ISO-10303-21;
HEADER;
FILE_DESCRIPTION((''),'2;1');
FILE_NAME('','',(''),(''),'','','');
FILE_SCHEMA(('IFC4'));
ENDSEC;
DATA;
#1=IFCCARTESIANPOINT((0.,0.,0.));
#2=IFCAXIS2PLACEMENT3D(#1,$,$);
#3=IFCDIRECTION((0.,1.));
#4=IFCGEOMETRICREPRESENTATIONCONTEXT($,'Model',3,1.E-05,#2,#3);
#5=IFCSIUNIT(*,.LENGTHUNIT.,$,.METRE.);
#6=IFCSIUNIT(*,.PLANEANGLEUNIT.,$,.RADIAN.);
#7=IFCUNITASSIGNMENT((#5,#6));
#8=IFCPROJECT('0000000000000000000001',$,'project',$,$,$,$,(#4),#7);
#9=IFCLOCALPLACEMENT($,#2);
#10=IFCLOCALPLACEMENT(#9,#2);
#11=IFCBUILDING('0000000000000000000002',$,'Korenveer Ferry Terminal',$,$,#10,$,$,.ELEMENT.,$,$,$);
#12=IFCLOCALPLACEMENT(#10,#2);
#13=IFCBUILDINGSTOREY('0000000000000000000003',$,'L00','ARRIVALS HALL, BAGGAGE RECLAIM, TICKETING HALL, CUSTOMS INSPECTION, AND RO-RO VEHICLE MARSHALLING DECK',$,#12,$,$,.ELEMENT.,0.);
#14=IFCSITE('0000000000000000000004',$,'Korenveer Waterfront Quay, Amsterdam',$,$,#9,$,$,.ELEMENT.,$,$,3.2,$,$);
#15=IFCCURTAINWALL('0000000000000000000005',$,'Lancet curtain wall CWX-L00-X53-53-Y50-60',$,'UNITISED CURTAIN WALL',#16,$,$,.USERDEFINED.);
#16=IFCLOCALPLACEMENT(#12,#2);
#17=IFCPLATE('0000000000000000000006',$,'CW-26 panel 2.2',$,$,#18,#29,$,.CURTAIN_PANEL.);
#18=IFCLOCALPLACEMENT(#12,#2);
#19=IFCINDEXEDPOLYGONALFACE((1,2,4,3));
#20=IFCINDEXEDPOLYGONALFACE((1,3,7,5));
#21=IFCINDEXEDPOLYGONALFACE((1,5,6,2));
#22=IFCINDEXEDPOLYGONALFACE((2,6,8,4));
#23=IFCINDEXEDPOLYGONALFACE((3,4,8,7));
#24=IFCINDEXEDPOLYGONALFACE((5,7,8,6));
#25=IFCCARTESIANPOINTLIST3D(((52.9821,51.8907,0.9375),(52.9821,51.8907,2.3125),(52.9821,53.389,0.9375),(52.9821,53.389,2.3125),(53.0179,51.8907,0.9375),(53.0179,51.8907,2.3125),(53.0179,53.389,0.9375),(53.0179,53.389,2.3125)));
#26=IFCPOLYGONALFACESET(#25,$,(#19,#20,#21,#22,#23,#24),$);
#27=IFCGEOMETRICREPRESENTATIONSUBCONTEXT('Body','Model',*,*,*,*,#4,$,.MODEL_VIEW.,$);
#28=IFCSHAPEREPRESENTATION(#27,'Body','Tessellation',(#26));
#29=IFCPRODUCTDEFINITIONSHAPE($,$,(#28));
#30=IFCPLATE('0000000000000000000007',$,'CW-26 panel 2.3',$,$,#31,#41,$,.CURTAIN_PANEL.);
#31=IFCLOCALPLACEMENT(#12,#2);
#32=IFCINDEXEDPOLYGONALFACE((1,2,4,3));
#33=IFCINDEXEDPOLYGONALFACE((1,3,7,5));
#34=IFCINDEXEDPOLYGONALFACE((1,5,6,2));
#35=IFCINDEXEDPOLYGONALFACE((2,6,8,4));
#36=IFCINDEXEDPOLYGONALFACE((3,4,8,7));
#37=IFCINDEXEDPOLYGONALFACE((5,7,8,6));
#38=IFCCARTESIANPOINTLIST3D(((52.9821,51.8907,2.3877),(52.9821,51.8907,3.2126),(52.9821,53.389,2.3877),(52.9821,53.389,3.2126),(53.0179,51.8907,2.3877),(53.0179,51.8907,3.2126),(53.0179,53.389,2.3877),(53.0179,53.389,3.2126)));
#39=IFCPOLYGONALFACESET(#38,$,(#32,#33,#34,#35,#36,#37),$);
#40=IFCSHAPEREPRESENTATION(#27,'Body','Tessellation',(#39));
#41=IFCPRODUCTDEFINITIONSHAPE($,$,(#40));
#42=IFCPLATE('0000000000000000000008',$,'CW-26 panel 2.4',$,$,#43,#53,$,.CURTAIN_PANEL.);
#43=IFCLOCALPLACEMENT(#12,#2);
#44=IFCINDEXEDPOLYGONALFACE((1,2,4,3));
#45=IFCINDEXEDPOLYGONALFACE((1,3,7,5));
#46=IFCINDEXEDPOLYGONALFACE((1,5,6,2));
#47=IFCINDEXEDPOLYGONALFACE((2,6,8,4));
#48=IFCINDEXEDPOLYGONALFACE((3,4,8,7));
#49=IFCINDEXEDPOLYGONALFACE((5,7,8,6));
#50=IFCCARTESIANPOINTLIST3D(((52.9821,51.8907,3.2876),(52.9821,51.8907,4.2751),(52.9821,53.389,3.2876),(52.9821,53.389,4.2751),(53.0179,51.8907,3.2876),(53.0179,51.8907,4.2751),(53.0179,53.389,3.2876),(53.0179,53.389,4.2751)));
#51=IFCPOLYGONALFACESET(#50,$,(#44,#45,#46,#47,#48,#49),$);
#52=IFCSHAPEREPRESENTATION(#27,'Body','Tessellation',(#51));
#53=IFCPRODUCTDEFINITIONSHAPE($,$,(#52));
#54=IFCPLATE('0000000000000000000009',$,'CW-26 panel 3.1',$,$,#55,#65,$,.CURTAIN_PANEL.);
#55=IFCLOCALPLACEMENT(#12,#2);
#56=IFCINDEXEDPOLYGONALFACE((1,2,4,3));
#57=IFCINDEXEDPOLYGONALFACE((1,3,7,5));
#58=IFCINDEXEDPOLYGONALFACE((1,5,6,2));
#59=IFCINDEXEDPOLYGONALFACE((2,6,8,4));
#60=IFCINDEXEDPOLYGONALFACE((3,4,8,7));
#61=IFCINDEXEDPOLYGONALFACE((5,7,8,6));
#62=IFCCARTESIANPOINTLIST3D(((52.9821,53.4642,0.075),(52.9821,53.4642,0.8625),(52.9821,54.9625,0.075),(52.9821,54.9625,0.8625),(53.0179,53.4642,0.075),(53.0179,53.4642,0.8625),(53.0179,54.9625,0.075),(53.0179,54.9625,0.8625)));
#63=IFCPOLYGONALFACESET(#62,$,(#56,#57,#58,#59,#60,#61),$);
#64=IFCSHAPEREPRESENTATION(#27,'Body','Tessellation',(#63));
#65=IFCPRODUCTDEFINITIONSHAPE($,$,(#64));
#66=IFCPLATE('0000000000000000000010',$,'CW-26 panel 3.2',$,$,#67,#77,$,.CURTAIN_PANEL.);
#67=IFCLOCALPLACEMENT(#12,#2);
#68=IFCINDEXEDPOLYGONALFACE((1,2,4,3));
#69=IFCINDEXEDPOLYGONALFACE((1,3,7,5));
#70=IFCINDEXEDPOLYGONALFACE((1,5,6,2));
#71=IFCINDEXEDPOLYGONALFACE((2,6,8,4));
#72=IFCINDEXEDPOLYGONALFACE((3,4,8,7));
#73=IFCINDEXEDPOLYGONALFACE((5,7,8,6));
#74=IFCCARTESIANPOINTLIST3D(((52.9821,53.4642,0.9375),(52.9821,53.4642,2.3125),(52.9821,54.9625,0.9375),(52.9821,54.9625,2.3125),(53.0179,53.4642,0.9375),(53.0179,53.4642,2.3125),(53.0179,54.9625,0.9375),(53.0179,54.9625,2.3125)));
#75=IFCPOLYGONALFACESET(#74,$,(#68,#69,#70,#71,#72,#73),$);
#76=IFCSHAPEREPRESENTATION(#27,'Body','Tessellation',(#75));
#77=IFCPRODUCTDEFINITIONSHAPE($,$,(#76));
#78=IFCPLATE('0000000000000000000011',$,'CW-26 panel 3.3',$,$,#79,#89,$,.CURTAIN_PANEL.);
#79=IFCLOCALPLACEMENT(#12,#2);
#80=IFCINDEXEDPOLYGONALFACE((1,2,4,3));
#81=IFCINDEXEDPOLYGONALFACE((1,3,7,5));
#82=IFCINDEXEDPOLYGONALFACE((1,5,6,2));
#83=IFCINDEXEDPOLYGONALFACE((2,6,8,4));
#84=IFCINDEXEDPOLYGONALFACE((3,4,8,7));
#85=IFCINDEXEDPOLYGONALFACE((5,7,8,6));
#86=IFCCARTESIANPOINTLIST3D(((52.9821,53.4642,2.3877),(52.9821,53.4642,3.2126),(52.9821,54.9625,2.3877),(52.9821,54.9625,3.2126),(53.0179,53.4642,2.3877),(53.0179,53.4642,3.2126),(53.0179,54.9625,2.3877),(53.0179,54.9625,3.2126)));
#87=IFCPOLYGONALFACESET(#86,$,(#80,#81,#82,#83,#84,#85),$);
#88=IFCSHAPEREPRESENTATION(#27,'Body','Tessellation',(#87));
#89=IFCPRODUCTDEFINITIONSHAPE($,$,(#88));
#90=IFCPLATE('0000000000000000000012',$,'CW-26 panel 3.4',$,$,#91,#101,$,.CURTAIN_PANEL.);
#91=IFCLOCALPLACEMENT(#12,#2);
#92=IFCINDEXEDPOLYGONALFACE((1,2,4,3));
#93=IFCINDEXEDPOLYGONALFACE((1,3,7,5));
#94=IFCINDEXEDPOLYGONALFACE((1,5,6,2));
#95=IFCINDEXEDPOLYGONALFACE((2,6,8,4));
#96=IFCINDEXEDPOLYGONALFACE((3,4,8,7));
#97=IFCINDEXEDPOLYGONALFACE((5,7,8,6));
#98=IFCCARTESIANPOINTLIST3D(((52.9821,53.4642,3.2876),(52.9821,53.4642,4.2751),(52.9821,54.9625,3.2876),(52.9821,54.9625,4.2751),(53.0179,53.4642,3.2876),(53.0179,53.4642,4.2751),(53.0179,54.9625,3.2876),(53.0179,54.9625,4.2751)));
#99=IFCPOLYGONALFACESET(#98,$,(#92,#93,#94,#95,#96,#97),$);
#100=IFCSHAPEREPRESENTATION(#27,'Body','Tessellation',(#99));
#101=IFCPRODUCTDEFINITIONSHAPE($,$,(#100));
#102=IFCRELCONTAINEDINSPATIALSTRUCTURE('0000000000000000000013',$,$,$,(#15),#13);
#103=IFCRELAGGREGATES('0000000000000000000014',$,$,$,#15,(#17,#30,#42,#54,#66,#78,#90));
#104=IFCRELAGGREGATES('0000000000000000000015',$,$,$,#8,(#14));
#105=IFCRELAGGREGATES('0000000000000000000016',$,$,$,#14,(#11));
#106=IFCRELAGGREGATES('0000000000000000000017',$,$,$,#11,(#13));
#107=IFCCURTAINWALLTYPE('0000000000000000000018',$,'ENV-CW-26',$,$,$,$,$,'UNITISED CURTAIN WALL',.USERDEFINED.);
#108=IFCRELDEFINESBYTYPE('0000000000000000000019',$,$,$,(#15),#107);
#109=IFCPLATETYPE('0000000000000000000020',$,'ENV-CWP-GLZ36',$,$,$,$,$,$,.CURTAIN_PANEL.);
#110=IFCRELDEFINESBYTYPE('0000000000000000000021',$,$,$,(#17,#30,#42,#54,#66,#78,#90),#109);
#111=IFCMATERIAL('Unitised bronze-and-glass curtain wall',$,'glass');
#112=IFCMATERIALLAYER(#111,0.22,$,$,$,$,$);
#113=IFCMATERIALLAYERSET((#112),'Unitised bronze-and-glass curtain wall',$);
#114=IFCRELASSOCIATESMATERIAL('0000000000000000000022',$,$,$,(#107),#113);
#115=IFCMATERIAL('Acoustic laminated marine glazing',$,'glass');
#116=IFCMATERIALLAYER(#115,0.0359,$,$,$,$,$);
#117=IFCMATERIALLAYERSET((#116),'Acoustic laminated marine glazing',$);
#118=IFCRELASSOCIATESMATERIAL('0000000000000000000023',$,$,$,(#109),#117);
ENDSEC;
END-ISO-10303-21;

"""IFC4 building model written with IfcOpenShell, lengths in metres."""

from ifc_helpers import new_model, si_unit, direction, frame, origin, origin_2d, place, context, subcontext, project, spatial, rectangle, extrude, material, layer, layer_set, type_object, element, aggregate, save


model = new_model("IFC4")

# Units and contexts
model_context = context("Model", 3, precision=1e-05, world=origin(), true_north=direction((0.0, 1.0)))
body_context = subcontext(model_context, "Body", "Model", "MODEL_VIEW")
ifc_project = project(units=[si_unit("LENGTHUNIT", "METRE"), si_unit("PLANEANGLEUNIT", "RADIAN")], contexts=[model_context])

# Site, building, storey
site_placement = place(None, origin())
site = spatial("IfcSite", under=ifc_project, at=site_placement, Name="Korenveer Waterfront Quay, Amsterdam", CompositionType="ELEMENT", RefElevation=3.2)
building_placement = place(site_placement, origin())
building = spatial("IfcBuilding", under=site, at=building_placement, Name="Korenveer Ferry Terminal", CompositionType="ELEMENT")
storey_placement = place(building_placement, origin())
storey = spatial("IfcBuildingStorey", under=building, at=storey_placement, Name="L00", Description="ARRIVALS HALL, BAGGAGE RECLAIM, TICKETING HALL, CUSTOMS INSPECTION, AND RO-RO VEHICLE MARSHALLING DECK", CompositionType="ELEMENT", Elevation=0.0)

# Curtain wall, plates
ifc_material_1 = material(Name="Unitised bronze-and-glass curtain wall", Category="glass")
ifc_layer_1 = layer(ifc_material_1, 0.22)
ifc_layer_set_1 = layer_set([ifc_layer_1], Name="Unitised bronze-and-glass curtain wall")
curtain_wall_type = type_object("IfcCurtainWallType", Name="ENV-CW-26", ElementType="UNITISED CURTAIN WALL", PredefinedType="USERDEFINED", material=ifc_layer_set_1)
curtain_wall_placement = place(storey_placement, frame((53.0, 50.28, 0.0)))
curtain_wall = element("IfcCurtainWall", 1, at=curtain_wall_placement, inside=storey, type_object=curtain_wall_type, Name="Lancet curtain wall CWX-L00-X53-53-Y50-60", ObjectType="UNITISED CURTAIN WALL", PredefinedType="USERDEFINED")
ifc_material_2 = material(Name="Acoustic laminated marine glazing", Category="glass")
ifc_layer_2 = layer(ifc_material_2, 0.0359)
ifc_layer_set_2 = layer_set([ifc_layer_2], Name="Acoustic laminated marine glazing")
plate_type = type_object("IfcPlateType", Name="ENV-CWP-GLZ36", PredefinedType="CURTAIN_PANEL", material=ifc_layer_set_2)
plate_1_placement = place(storey_placement, frame((53.0, 52.6399, 0.9375), z_axis=(0.0, 0.0, 1.0), x_axis=(0.0, 1.0, 0.0)))
plate_1 = element("IfcPlate", 2, at=plate_1_placement, type_object=plate_type, Name="CW-26 panel 2.2", PredefinedType="CURTAIN_PANEL", context=body_context, shape_type="SweptSolid", body=[
    extrude(rectangle(XDim=1.4983, YDim=0.0359, at=origin_2d()), origin(), (0.0, 0.0, 1.0), 1.375),
])
plate_2_placement = place(storey_placement, frame((53.0, 52.6399, 2.3877), z_axis=(0.0, 0.0, 1.0), x_axis=(0.0, 1.0, 0.0)))
plate_2 = element("IfcPlate", 3, at=plate_2_placement, type_object=plate_type, Name="CW-26 panel 2.3", PredefinedType="CURTAIN_PANEL", context=body_context, shape_type="SweptSolid", body=[
    extrude(rectangle(XDim=1.4983, YDim=0.0359, at=origin_2d()), origin(), (0.0, 0.0, 1.0), 0.825),
])
plate_3_placement = place(storey_placement, frame((53.0, 52.6399, 3.2876), z_axis=(0.0, 0.0, 1.0), x_axis=(0.0, 1.0, 0.0)))
plate_3 = element("IfcPlate", 4, at=plate_3_placement, type_object=plate_type, Name="CW-26 panel 2.4", PredefinedType="CURTAIN_PANEL", context=body_context, shape_type="SweptSolid", body=[
    extrude(rectangle(XDim=1.4983, YDim=0.0359, at=origin_2d()), origin(), (0.0, 0.0, 1.0), 0.9875),
])
plate_4_placement = place(storey_placement, frame((53.0, 54.2134, 0.075), z_axis=(0.0, 0.0, 1.0), x_axis=(0.0, 1.0, 0.0)))
plate_4 = element("IfcPlate", 5, at=plate_4_placement, type_object=plate_type, Name="CW-26 panel 3.1", PredefinedType="CURTAIN_PANEL", context=body_context, shape_type="SweptSolid", body=[
    extrude(rectangle(XDim=1.4983, YDim=0.0359, at=origin_2d()), origin(), (0.0, 0.0, 1.0), 0.7876),
])
plate_5_placement = place(storey_placement, frame((53.0, 54.2134, 0.9375), z_axis=(0.0, 0.0, 1.0), x_axis=(0.0, 1.0, 0.0)))
plate_5 = element("IfcPlate", 6, at=plate_5_placement, type_object=plate_type, Name="CW-26 panel 3.2", PredefinedType="CURTAIN_PANEL", context=body_context, shape_type="SweptSolid", body=[
    extrude(rectangle(XDim=1.4983, YDim=0.0359, at=origin_2d()), origin(), (0.0, 0.0, 1.0), 1.375),
])
plate_6_placement = place(storey_placement, frame((53.0, 54.2134, 2.3877), z_axis=(0.0, 0.0, 1.0), x_axis=(0.0, 1.0, 0.0)))
plate_6 = element("IfcPlate", 7, at=plate_6_placement, type_object=plate_type, Name="CW-26 panel 3.3", PredefinedType="CURTAIN_PANEL", context=body_context, shape_type="SweptSolid", body=[
    extrude(rectangle(XDim=1.4983, YDim=0.0359, at=origin_2d()), origin(), (0.0, 0.0, 1.0), 0.825),
])
plate_7_placement = place(storey_placement, frame((53.0, 54.2134, 3.2876), z_axis=(0.0, 0.0, 1.0), x_axis=(0.0, 1.0, 0.0)))
plate_7 = element("IfcPlate", 8, at=plate_7_placement, type_object=plate_type, Name="CW-26 panel 3.4", PredefinedType="CURTAIN_PANEL", context=body_context, shape_type="SweptSolid", body=[
    extrude(rectangle(XDim=1.4983, YDim=0.0359, at=origin_2d()), origin(), (0.0, 0.0, 1.0), 0.9875),
])
aggregate(curtain_wall, [plate_1, plate_2, plate_3, plate_4, plate_5, plate_6, plate_7])

save(model, "model.ifc")
